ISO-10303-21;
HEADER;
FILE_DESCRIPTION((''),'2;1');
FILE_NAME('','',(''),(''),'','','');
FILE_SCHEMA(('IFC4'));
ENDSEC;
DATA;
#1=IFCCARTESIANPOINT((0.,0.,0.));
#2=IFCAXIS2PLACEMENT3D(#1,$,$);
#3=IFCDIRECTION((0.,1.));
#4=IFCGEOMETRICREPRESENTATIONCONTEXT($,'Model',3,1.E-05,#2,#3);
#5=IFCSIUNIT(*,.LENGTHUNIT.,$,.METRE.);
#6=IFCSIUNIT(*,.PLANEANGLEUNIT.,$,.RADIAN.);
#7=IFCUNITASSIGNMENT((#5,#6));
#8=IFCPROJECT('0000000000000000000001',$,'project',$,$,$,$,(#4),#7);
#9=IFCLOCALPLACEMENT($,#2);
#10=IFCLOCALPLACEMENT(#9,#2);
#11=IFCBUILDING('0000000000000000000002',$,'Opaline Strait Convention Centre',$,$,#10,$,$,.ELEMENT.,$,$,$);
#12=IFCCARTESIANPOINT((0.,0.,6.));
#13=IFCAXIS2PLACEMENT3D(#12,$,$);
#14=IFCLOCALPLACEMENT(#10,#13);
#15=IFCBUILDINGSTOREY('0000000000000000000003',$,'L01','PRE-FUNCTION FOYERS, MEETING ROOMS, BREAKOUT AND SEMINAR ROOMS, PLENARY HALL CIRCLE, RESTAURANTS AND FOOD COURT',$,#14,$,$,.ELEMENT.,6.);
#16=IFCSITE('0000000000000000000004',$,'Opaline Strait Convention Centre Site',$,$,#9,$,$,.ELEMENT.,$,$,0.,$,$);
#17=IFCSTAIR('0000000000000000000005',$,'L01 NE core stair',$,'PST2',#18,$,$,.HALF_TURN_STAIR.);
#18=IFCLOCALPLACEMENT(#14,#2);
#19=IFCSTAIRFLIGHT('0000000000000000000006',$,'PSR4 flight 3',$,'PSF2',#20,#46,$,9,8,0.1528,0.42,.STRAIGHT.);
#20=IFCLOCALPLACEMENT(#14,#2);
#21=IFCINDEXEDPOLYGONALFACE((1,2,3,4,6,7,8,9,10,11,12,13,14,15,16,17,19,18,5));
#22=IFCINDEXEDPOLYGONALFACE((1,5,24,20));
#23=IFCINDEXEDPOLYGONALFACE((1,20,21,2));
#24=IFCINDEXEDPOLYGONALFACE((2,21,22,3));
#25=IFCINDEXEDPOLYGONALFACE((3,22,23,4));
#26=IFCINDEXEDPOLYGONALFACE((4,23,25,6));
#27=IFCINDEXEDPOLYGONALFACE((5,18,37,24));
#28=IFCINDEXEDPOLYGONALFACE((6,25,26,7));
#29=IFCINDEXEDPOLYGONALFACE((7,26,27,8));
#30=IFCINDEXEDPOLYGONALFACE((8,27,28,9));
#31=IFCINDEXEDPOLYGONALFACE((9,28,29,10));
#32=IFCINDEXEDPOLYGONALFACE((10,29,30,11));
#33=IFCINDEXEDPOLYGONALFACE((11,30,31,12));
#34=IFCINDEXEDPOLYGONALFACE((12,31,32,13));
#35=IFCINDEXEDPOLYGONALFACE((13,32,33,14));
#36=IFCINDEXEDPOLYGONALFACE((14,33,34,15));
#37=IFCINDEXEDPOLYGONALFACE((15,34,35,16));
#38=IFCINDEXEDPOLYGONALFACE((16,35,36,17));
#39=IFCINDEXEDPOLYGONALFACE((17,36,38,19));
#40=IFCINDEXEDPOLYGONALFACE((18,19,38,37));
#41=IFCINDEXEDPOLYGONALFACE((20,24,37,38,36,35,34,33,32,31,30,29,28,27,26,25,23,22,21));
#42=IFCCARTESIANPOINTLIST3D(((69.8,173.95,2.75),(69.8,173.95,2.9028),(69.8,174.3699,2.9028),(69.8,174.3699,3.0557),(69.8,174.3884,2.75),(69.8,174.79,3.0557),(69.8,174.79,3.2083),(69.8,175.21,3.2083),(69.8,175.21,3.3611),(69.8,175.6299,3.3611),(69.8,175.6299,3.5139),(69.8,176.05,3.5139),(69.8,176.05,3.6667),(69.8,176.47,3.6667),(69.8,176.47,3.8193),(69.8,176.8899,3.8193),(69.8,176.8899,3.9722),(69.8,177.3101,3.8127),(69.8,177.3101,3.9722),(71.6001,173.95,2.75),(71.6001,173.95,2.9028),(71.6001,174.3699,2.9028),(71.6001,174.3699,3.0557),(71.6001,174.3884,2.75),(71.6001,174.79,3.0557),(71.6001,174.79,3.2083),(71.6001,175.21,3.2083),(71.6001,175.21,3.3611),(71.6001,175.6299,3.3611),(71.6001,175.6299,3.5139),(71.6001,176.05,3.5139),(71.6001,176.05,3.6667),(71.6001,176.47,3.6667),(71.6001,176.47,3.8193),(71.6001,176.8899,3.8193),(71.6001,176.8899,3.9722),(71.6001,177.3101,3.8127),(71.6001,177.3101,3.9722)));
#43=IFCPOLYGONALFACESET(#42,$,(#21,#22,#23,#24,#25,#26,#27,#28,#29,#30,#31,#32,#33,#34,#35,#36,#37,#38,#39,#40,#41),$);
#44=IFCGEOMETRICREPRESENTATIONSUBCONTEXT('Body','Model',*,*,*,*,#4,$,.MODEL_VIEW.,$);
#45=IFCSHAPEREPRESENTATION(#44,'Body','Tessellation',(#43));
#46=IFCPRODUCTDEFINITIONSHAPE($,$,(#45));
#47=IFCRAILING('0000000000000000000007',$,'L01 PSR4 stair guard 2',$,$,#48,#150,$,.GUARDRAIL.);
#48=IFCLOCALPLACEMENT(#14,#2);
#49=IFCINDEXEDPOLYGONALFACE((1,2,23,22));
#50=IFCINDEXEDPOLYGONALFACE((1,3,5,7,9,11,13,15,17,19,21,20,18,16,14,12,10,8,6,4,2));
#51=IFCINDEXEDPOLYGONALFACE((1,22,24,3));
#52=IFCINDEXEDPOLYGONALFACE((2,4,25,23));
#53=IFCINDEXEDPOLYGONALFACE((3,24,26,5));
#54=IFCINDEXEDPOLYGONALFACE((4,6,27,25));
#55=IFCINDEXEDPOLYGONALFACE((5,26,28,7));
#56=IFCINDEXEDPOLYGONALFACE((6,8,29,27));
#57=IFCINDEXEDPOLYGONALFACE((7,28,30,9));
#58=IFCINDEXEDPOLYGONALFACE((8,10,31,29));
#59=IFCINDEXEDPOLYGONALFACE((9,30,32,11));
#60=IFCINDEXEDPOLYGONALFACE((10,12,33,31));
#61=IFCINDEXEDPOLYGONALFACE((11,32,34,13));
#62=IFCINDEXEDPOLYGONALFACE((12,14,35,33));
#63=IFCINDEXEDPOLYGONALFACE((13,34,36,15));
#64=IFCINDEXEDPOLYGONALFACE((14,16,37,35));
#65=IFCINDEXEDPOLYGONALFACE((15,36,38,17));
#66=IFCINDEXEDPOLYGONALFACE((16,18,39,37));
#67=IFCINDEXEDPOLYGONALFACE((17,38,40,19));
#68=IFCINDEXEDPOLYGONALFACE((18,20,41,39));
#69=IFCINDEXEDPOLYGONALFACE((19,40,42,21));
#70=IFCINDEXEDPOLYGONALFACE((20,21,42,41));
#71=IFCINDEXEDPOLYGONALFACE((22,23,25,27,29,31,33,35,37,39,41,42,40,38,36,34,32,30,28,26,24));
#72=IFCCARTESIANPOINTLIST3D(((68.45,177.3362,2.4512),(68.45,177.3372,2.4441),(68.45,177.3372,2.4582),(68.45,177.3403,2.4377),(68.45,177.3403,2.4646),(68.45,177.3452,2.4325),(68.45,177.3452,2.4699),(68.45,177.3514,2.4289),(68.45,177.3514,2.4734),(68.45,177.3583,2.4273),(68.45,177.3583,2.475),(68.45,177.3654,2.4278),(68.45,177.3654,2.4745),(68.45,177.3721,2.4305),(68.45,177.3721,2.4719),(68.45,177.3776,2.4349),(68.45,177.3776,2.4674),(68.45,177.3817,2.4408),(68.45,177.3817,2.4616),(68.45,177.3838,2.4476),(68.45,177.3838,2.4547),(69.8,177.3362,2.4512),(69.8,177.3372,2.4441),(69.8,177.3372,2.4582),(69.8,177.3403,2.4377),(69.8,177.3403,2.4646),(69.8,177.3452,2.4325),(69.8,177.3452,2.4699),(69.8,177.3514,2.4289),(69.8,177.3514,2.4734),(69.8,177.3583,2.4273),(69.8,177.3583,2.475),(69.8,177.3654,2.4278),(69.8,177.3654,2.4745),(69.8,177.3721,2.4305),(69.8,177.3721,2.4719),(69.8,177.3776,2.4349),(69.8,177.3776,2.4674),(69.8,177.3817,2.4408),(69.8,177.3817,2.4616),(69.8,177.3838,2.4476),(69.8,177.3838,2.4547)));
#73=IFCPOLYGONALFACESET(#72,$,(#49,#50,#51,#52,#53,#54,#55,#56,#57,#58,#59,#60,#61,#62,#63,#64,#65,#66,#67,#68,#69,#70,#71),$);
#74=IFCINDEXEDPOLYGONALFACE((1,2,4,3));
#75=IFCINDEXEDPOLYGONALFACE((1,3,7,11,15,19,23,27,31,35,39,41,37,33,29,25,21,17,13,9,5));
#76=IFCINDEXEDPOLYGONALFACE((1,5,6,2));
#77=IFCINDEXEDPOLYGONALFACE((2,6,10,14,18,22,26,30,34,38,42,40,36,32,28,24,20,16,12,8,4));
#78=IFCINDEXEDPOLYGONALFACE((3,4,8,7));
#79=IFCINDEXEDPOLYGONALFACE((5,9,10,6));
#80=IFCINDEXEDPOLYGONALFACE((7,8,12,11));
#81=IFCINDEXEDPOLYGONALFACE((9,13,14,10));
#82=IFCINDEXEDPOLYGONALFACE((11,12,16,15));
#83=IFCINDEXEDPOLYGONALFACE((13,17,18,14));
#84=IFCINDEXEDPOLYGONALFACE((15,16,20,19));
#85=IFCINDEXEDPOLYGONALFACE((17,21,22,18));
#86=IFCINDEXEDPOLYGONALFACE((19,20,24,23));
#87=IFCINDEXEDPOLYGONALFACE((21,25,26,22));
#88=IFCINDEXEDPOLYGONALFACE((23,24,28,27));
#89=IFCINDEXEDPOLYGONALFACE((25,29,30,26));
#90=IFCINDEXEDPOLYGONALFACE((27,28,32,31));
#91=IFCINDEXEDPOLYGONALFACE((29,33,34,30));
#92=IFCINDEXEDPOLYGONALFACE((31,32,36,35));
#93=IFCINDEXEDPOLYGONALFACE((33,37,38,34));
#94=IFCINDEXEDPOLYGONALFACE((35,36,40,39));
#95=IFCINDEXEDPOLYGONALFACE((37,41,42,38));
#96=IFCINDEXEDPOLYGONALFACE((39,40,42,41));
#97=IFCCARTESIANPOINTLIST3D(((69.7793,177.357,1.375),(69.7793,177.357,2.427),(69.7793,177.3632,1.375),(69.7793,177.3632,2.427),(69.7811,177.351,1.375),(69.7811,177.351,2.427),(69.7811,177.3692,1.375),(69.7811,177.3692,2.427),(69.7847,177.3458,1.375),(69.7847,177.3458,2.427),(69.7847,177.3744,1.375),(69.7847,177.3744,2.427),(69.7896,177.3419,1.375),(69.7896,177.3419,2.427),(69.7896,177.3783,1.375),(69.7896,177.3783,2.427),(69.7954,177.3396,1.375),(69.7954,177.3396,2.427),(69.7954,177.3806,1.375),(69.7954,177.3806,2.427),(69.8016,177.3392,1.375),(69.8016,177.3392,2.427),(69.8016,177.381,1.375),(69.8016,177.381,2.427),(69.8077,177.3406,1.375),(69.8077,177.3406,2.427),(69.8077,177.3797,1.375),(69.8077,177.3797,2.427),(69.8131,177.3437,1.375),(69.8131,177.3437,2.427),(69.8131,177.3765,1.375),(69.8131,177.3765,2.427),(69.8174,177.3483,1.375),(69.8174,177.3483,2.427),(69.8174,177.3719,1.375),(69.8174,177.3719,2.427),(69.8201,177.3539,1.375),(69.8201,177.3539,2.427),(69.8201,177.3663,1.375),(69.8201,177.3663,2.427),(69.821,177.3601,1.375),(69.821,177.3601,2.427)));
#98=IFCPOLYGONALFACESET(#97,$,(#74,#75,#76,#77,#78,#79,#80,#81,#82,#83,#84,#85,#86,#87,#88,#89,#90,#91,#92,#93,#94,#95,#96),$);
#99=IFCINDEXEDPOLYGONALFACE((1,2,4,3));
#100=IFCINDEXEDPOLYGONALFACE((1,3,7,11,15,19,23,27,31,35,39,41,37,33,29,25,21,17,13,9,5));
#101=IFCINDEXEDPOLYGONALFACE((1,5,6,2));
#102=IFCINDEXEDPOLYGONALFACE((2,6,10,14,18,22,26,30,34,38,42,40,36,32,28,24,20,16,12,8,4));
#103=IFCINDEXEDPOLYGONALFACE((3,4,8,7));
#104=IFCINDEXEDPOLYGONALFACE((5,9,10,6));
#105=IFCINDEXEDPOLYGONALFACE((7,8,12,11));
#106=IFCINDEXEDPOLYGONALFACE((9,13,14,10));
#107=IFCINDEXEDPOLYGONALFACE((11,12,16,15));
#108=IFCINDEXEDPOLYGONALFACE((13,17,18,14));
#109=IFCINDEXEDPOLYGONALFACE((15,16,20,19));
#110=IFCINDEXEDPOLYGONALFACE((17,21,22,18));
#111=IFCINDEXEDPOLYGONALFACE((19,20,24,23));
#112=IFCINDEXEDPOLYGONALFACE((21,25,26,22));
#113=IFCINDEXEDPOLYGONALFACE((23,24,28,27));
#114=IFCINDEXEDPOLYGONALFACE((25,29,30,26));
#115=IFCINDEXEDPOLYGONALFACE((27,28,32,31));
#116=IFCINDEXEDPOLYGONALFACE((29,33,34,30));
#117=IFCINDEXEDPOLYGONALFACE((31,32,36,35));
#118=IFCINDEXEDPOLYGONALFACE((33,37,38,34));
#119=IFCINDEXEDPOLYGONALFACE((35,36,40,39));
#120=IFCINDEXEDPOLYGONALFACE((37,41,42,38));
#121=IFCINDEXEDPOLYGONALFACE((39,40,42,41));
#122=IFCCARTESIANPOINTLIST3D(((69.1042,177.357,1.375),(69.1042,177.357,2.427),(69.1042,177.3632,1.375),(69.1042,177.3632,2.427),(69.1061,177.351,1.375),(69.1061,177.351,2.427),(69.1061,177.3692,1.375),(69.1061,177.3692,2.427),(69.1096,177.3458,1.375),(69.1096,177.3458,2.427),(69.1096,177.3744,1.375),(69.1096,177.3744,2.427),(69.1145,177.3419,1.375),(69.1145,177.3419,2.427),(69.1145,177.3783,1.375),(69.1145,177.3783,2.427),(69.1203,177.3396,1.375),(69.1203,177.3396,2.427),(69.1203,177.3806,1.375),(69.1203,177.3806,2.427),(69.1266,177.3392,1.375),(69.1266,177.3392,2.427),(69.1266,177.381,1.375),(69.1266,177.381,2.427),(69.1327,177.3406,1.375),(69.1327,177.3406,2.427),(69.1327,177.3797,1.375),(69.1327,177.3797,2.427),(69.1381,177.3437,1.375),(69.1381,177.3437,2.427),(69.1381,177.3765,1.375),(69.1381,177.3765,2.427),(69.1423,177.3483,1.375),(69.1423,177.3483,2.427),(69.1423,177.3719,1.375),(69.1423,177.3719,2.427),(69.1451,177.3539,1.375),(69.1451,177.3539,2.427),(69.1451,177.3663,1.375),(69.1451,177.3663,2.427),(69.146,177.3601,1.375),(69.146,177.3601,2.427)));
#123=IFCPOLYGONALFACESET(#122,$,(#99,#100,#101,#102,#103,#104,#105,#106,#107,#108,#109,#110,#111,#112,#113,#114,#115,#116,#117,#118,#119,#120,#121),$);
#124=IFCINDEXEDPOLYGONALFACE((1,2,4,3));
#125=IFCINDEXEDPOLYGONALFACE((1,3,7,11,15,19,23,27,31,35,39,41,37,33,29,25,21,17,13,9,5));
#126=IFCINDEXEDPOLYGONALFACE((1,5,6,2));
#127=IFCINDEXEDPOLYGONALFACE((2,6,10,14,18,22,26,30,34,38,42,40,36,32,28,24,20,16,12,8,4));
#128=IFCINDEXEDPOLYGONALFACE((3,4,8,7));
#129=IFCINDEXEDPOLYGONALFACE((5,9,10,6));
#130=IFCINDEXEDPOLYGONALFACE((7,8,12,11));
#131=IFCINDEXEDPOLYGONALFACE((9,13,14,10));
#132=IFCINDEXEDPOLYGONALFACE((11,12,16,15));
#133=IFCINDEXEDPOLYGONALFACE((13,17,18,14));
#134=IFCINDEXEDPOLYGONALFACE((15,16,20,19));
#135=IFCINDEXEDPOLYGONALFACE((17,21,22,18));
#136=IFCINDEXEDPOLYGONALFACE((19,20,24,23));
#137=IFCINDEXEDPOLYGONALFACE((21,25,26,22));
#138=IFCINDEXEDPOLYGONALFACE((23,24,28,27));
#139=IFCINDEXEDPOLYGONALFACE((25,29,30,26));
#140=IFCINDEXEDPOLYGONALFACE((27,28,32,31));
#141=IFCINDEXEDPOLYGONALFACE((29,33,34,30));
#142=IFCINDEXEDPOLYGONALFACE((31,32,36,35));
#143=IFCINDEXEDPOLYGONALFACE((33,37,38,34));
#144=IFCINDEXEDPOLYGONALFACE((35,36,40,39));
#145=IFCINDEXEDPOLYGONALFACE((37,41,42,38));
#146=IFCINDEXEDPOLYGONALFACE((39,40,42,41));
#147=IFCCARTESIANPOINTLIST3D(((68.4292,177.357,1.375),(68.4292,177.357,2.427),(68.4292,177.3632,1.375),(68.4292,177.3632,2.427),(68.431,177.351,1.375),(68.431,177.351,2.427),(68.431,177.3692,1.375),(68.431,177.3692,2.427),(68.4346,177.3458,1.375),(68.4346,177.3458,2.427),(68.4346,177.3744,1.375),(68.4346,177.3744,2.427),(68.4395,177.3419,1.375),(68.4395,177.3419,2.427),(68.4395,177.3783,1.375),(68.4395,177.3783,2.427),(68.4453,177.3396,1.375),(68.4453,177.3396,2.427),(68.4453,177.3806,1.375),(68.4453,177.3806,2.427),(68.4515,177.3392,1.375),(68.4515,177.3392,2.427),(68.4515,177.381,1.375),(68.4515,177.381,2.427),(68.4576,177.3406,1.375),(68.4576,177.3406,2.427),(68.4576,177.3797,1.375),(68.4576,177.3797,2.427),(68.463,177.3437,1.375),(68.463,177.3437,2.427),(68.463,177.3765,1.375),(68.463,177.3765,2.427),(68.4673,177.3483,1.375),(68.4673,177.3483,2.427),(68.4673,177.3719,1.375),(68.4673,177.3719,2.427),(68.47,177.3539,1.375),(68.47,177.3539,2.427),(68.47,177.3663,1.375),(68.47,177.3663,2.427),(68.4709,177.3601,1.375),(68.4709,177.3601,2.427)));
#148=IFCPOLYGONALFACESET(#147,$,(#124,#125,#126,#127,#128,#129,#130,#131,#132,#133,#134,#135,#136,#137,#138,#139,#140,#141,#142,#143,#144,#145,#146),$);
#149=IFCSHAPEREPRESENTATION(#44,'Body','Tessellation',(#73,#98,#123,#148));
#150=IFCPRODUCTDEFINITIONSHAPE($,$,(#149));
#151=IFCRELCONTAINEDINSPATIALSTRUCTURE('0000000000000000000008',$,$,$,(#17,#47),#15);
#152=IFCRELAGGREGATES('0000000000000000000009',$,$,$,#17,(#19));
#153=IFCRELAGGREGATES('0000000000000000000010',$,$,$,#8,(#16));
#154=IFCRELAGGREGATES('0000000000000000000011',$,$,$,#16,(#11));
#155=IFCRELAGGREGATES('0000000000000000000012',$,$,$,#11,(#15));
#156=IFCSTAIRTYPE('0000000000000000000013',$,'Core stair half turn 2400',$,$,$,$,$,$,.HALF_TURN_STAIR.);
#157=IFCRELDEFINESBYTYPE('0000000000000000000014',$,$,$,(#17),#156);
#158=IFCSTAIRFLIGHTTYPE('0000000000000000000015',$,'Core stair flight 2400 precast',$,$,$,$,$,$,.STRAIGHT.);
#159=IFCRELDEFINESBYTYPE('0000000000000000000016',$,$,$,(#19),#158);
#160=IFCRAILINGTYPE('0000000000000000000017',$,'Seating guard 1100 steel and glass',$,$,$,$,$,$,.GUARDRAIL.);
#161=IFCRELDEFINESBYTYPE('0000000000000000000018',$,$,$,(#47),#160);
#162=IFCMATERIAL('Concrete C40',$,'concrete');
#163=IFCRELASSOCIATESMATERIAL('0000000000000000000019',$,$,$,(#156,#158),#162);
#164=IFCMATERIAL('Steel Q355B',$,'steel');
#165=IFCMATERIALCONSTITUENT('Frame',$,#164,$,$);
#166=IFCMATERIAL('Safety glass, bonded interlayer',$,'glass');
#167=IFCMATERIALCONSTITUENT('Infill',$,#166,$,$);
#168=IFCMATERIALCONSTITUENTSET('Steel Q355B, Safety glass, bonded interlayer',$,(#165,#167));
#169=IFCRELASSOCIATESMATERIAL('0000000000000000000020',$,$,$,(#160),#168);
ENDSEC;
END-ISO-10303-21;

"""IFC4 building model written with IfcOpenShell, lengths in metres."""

from ifc_helpers import new_model, si_unit, direction, frame, origin, origin_2d, place, context, subcontext, project, spatial, polyline, circle, outline, extrude, material, constituent, constituent_set, type_object, element, aggregate, save


model = new_model("IFC4")

# Units and contexts
model_context = context("Model", 3, precision=1e-05, world=origin(), true_north=direction((0.0, 1.0)))
body_context = subcontext(model_context, "Body", "Model", "MODEL_VIEW")
ifc_project = project(units=[si_unit("LENGTHUNIT", "METRE"), si_unit("PLANEANGLEUNIT", "RADIAN")], contexts=[model_context])

# Site, building, storey
site_placement = place(None, origin())
site = spatial("IfcSite", under=ifc_project, at=site_placement, Name="Opaline Strait Convention Centre Site", CompositionType="ELEMENT", RefElevation=0.0)
building_placement = place(site_placement, origin())
building = spatial("IfcBuilding", under=site, at=building_placement, Name="Opaline Strait Convention Centre", CompositionType="ELEMENT")
storey_placement = place(building_placement, frame((0.0, 0.0, 6.0)))
storey = spatial("IfcBuildingStorey", under=building, at=storey_placement, Name="L01", Description="PRE-FUNCTION FOYERS, MEETING ROOMS, BREAKOUT AND SEMINAR ROOMS, PLENARY HALL CIRCLE, RESTAURANTS AND FOOD COURT", CompositionType="ELEMENT", Elevation=6.0)

# Shared definitions
ifc_material_1 = material(Name="Steel Q355B", Category="steel")
ifc_material_2 = material(Name="Concrete C40", Category="concrete")

# Stair, stair flight
stair_type = type_object("IfcStairType", Name="Core stair half turn 2400", PredefinedType="HALF_TURN_STAIR", material=ifc_material_2)
stair_placement = place(storey_placement, origin())
stair = element("IfcStair", 1, at=stair_placement, inside=storey, type_object=stair_type, Name="L01 NE core stair", ObjectType="PST2", PredefinedType="HALF_TURN_STAIR")
stair_flight_type = type_object("IfcStairFlightType", Name="Core stair flight 2400 precast", PredefinedType="STRAIGHT", material=ifc_material_2)
stair_flight_1_placement = place(storey_placement, frame((70.7, 173.95, 2.75), z_axis=(0.0, 0.0, 1.0), x_axis=(0.0, 1.0, 0.0)))
stair_flight_1 = element("IfcStairFlight", 2, at=stair_flight_1_placement, type_object=stair_flight_type, Name="PSR4 flight 3", ObjectType="PSF2", NumberOfRisers=9, NumberOfTreads=8, PredefinedType="STRAIGHT", RiserHeight=0.1528, TreadLength=0.42, context=body_context, shape_type="SweptSolid", body=[
    extrude(outline(polyline([(0.0, 0.0), (0.0, 0.1528), (0.4199, 0.1528), (0.4199, 0.3057), (0.8401, 0.3057), (0.8401, 0.4583), (1.26, 0.4583), (1.26, 0.6111), (1.6799, 0.6111), (1.6799, 0.7639), (2.1001, 0.7639), (2.1001, 0.9167), (2.52, 0.9167), (2.52, 1.0693), (2.9399, 1.0693), (2.9399, 1.2222), (3.3601, 1.2222), (3.3601, 1.375), (3.3601, 1.0627), (0.4385, 0.0), (0.0, 0.0)])), frame((0.0, 0.8999, 0.0), z_axis=(0.0, -1.0, 0.0), x_axis=(1.0, 0.0, 0.0)), (0.0, 0.0, 1.0), 1.8),
])
aggregate(stair, [stair_flight_1])

# Railing
ifc_constituent_1 = constituent(ifc_material_1, Name="Frame")
ifc_material_3 = material(Name="Safety glass, bonded interlayer", Category="glass")
ifc_constituent_2 = constituent(ifc_material_3, Name="Infill")
ifc_constituent_set = constituent_set(constituents=[ifc_constituent_1, ifc_constituent_2], Name="Steel Q355B, Safety glass, bonded interlayer")
railing_type_1 = type_object("IfcRailingType", Name="Seating guard 1100 steel and glass", PredefinedType="GUARDRAIL", material=ifc_constituent_set)
railing_1_placement = place(storey_placement, frame((69.8, 177.3601, 1.375)))
element("IfcRailing", 3, at=railing_1_placement, inside=storey, type_object=railing_type_1, Name="L01 PSR4 stair guard 2", PredefinedType="GUARDRAIL", context=body_context, shape_type="SweptSolid", body=[
    extrude(circle(Radius=0.0239, at=origin_2d()), frame((0.0, 0.0, 1.0762), z_axis=(-1.0, 0.0, 0.0), x_axis=(0.0, -1.0, 0.0)), (0.0, 0.0, 1.0), 1.3501),
    extrude(circle(Radius=0.021, at=origin_2d()), origin(), (0.0, 0.0, 1.0), 1.052),
    extrude(circle(Radius=0.021, at=origin_2d()), frame((-0.675, 0.0, 0.0)), (0.0, 0.0, 1.0), 1.052),
    extrude(circle(Radius=0.021, at=origin_2d()), frame((-1.3501, 0.0, 0.0)), (0.0, 0.0, 1.0), 1.052),
])

save(model, "model.ifc")
